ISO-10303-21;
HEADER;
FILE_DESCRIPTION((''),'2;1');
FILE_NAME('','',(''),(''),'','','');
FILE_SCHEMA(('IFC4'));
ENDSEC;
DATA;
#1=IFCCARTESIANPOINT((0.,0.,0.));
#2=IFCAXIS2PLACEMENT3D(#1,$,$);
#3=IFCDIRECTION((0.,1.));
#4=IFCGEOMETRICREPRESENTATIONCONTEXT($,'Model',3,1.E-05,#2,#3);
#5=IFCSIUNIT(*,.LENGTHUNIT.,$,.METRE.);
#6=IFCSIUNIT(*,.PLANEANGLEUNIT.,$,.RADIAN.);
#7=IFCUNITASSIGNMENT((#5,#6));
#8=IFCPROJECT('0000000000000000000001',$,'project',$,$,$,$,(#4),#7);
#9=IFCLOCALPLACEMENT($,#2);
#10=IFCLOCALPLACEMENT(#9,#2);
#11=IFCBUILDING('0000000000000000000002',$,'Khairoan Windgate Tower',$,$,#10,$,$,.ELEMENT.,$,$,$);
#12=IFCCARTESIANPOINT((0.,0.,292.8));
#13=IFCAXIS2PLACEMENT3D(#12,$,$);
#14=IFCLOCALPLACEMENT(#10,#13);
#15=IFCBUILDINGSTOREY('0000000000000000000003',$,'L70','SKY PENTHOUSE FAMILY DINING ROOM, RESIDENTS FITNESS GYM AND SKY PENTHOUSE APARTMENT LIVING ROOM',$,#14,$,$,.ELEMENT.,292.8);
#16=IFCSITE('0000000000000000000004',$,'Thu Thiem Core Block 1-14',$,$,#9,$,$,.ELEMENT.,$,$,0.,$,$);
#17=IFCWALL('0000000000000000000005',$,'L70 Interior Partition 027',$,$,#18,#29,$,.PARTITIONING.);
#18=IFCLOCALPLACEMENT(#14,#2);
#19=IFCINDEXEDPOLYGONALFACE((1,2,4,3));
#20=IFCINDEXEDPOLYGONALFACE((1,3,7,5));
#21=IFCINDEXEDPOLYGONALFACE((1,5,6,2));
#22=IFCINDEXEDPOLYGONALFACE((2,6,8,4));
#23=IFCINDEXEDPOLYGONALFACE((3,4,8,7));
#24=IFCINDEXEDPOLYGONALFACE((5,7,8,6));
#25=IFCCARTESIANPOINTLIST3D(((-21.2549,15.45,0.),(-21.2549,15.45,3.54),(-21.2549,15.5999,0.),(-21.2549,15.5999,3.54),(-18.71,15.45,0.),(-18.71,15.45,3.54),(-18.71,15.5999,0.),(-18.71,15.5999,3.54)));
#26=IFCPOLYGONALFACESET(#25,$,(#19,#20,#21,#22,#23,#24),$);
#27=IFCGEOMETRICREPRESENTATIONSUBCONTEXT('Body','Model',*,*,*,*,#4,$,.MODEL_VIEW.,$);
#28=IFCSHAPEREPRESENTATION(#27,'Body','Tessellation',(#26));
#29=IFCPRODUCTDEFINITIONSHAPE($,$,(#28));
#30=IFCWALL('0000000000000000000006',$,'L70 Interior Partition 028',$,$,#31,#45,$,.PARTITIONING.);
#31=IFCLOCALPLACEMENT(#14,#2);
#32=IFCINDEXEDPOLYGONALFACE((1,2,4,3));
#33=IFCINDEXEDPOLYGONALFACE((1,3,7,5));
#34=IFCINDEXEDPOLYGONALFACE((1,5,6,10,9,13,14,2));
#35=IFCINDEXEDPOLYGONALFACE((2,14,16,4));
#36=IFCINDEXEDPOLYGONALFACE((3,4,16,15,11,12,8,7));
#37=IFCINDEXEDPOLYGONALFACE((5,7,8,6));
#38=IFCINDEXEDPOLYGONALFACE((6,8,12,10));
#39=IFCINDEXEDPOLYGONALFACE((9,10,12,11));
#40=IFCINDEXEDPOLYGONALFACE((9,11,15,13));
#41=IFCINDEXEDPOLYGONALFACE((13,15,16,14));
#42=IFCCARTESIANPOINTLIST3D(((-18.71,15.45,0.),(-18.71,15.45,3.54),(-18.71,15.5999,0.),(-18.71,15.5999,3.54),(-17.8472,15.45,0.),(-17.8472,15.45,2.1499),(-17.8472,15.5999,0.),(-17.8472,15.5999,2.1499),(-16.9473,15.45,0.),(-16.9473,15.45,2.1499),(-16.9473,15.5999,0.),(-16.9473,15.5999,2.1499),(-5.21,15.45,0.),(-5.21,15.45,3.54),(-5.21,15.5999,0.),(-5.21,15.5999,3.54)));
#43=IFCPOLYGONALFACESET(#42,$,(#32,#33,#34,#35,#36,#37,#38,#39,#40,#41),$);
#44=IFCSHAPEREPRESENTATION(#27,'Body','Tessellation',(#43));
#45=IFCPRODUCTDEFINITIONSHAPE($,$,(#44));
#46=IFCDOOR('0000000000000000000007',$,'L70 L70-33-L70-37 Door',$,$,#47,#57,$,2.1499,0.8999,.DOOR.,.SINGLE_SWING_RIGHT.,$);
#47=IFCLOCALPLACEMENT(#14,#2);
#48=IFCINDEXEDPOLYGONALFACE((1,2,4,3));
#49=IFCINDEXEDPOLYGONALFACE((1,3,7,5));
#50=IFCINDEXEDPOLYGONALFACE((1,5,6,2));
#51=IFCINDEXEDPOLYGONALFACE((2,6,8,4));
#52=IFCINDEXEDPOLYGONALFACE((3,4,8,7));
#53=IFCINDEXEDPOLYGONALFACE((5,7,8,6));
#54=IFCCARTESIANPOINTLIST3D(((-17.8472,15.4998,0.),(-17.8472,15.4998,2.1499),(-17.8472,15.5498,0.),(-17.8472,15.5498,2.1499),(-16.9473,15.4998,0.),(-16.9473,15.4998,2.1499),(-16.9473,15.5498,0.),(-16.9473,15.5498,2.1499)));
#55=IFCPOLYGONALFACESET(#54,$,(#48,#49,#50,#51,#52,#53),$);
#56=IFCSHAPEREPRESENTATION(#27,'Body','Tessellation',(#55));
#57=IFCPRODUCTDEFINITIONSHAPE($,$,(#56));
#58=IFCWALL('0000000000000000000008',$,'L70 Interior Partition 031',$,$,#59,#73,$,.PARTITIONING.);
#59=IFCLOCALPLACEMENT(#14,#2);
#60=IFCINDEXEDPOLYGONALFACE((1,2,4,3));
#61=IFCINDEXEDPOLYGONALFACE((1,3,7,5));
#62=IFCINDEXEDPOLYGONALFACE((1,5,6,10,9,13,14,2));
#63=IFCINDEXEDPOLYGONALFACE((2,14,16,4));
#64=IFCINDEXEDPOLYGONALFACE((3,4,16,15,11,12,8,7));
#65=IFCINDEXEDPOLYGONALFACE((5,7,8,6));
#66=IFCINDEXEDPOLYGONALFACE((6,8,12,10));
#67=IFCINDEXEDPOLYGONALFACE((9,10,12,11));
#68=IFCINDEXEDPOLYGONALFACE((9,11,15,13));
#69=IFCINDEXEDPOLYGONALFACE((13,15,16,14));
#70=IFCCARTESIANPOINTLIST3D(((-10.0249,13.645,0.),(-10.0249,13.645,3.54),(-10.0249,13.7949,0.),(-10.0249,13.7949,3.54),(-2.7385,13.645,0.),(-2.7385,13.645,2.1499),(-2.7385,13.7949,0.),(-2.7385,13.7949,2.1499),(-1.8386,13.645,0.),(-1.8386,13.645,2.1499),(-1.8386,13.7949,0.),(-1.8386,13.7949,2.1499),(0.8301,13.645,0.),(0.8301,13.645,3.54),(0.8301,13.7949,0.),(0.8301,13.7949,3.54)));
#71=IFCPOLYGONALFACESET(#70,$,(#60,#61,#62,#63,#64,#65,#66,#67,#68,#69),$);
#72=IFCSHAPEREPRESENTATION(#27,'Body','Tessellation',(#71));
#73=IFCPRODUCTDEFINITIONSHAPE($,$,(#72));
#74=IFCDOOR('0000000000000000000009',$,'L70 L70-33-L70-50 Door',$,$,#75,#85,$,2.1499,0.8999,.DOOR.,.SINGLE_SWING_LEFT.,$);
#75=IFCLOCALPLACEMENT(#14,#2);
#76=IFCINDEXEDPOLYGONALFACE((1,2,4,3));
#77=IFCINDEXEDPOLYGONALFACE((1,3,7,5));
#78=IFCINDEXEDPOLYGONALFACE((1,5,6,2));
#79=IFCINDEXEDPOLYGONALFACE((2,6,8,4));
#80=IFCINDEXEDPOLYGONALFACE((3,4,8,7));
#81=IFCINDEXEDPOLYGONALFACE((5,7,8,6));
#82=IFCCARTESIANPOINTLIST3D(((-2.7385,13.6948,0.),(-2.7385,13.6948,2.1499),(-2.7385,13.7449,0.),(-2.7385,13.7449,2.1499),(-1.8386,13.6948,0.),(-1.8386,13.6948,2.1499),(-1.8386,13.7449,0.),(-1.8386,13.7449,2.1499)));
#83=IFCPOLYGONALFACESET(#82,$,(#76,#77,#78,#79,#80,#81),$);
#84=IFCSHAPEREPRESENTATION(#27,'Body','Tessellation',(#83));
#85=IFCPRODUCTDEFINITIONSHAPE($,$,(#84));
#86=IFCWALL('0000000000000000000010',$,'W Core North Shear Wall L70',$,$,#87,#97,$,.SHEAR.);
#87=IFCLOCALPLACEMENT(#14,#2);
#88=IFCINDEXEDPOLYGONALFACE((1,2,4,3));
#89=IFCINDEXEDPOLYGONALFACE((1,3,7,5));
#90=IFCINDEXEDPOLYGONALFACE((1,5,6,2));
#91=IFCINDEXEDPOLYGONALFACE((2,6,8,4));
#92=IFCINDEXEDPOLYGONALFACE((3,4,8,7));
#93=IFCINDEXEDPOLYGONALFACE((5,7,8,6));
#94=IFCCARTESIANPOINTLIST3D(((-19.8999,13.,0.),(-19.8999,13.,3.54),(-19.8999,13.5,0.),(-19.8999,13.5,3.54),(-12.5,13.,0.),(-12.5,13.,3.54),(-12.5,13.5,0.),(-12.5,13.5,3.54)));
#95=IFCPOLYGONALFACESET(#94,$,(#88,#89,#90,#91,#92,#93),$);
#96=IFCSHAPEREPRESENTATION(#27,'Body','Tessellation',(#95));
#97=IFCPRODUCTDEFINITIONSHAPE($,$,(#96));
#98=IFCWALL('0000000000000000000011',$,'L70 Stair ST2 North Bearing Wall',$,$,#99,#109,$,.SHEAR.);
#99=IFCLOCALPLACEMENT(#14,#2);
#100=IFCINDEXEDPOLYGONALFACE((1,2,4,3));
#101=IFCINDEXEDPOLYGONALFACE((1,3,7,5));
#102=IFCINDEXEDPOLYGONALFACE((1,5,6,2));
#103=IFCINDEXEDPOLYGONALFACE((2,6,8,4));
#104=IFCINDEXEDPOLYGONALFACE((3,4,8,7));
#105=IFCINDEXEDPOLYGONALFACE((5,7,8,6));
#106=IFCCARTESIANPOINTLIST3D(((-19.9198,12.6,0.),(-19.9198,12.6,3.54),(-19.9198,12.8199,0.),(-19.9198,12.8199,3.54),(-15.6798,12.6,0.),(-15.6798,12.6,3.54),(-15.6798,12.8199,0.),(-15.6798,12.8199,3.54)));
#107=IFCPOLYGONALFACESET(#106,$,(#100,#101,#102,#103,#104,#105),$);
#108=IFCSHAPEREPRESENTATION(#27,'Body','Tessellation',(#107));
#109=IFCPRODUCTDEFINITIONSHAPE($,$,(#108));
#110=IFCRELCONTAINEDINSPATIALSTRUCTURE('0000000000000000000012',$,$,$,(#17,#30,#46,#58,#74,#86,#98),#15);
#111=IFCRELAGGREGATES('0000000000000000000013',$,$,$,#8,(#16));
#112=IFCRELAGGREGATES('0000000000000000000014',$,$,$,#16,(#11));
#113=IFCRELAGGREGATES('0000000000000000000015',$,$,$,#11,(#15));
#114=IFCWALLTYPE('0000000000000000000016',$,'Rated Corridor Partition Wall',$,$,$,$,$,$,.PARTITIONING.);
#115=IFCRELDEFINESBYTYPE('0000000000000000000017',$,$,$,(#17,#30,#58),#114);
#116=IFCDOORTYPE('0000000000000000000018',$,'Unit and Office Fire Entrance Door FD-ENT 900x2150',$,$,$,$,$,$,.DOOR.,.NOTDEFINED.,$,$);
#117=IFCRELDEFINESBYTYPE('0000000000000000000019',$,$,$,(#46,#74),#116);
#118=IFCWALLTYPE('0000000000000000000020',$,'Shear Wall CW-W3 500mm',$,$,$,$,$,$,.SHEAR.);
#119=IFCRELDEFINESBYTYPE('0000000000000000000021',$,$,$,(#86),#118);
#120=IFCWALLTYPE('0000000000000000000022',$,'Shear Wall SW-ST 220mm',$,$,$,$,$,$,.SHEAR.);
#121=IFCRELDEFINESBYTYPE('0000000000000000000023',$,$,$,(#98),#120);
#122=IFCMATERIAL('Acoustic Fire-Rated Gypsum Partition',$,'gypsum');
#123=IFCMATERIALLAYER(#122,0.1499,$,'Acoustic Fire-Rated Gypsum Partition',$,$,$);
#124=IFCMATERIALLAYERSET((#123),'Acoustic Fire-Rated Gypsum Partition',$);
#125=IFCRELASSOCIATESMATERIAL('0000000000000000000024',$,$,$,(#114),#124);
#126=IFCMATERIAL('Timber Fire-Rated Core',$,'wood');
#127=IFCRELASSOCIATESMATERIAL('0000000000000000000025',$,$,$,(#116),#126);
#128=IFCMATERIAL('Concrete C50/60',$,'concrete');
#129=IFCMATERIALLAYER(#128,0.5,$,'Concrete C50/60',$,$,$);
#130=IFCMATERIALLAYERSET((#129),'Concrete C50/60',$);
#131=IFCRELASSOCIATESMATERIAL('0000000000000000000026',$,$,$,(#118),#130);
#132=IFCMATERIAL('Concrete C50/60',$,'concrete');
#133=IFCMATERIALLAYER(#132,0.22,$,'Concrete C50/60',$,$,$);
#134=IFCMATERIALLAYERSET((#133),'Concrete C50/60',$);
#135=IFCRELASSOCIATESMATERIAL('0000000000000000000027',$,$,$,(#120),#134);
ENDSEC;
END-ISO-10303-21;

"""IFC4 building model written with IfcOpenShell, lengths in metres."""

from ifc_helpers import new_model, si_unit, direction, frame, frame_2d, origin, place, context, subcontext, project, spatial, rectangle, extrude, material, layer, layer_set, type_object, element, fill, save


model = new_model("IFC4")

# Units and contexts
model_context = context("Model", 3, precision=1e-05, world=origin(), true_north=direction((0.0, 1.0)))
body_context = subcontext(model_context, "Body", "Model", "MODEL_VIEW")
ifc_project = project(units=[si_unit("LENGTHUNIT", "METRE"), si_unit("PLANEANGLEUNIT", "RADIAN")], contexts=[model_context])

# Site, building, storey
site_placement = place(None, origin())
site = spatial("IfcSite", under=ifc_project, at=site_placement, Name="Thu Thiem Core Block 1-14", CompositionType="ELEMENT", RefElevation=0.0)
building_placement = place(site_placement, origin())
building = spatial("IfcBuilding", under=site, at=building_placement, Name="Khairoan Windgate Tower", CompositionType="ELEMENT")
storey_placement = place(building_placement, frame((0.0, 0.0, 292.8)))
storey = spatial("IfcBuildingStorey", under=building, at=storey_placement, Name="L70", Description="SKY PENTHOUSE FAMILY DINING ROOM, RESIDENTS FITNESS GYM AND SKY PENTHOUSE APARTMENT LIVING ROOM", CompositionType="ELEMENT", Elevation=292.8)

# Wall
ifc_material_1 = material(Name="Acoustic Fire-Rated Gypsum Partition", Category="gypsum")
ifc_layer_1 = layer(ifc_material_1, 0.1499, Name="Acoustic Fire-Rated Gypsum Partition")
ifc_layer_set_1 = layer_set([ifc_layer_1], Name="Acoustic Fire-Rated Gypsum Partition")
wall_type_1 = type_object("IfcWallType", Name="Rated Corridor Partition Wall", PredefinedType="PARTITIONING", material=ifc_layer_set_1)
wall_1_placement = place(storey_placement, frame((-21.2549, 15.5249, 0.0), z_axis=(0.0, 0.0, 1.0), x_axis=(1.0, 0.0, 0.0)))
element("IfcWall", 1, at=wall_1_placement, inside=storey, type_object=wall_type_1, Name="L70 Interior Partition 027", PredefinedType="PARTITIONING", context=body_context, shape_type="SweptSolid", body=[
    extrude(rectangle(XDim=2.5449, YDim=0.1499, at=frame_2d((1.2725, 0.0))), origin(), (0.0, 0.0, 1.0), 3.54),
])

# Walls, openings, doors
wall_2_placement = place(storey_placement, frame((-18.71, 15.5249, 0.0), z_axis=(0.0, 0.0, 1.0), x_axis=(1.0, 0.0, 0.0)))
wall_2 = element("IfcWall", 2, at=wall_2_placement, inside=storey, type_object=wall_type_1, Name="L70 Interior Partition 028", PredefinedType="PARTITIONING", context=body_context, shape_type="SweptSolid", body=[
    extrude(rectangle(XDim=13.5, YDim=0.1499, at=frame_2d((6.75, 0.0))), origin(), (0.0, 0.0, 1.0), 3.54),
])
opening_1_placement = place(wall_2_placement, frame((0.8628, 0.0, 0.0)))
opening_1 = element("IfcOpeningElement", 3, at=opening_1_placement, cuts=wall_2, PredefinedType="OPENING", context=body_context, shape_type="SweptSolid", body=[
    extrude(rectangle(XDim=0.8999, YDim=2.1499, at=frame_2d((0.45, 1.075))), frame((0.0, 0.085, 0.0), z_axis=(0.0, -1.0, 0.0), x_axis=(1.0, 0.0, 0.0)), (0.0, 0.0, 1.0), 0.1699),
])
ifc_material_2 = material(Name="Timber Fire-Rated Core", Category="wood")
door_type_1 = type_object("IfcDoorType", Name="Unit and Office Fire Entrance Door FD-ENT 900x2150", OperationType="NOTDEFINED", PredefinedType="DOOR", material=ifc_material_2)
door_1_placement = place(opening_1_placement, origin())
door_1 = element("IfcDoor", 4, at=door_1_placement, inside=storey, type_object=door_type_1, Name="L70 L70-33-L70-37 Door", OperationType="SINGLE_SWING_RIGHT", OverallHeight=2.1499, OverallWidth=0.8999, PredefinedType="DOOR", context=body_context, shape_type="SweptSolid", body=[
    extrude(rectangle(XDim=0.8999, YDim=2.1499, at=frame_2d((0.45, 1.075))), frame((0.0, 0.0249, 0.0), z_axis=(0.0, -1.0, 0.0), x_axis=(1.0, 0.0, 0.0)), (0.0, 0.0, 1.0), 0.05),
])
fill(opening_1, door_1)
wall_3_placement = place(storey_placement, frame((-10.0249, 13.72, 0.0), z_axis=(0.0, 0.0, 1.0), x_axis=(1.0, 0.0, 0.0)))
wall_3 = element("IfcWall", 5, at=wall_3_placement, inside=storey, type_object=wall_type_1, Name="L70 Interior Partition 031", PredefinedType="PARTITIONING", context=body_context, shape_type="SweptSolid", body=[
    extrude(rectangle(XDim=10.855, YDim=0.1499, at=frame_2d((5.4275, 0.0))), origin(), (0.0, 0.0, 1.0), 3.54),
])
opening_2_placement = place(wall_3_placement, frame((7.2864, 0.0, 0.0)))
opening_2 = element("IfcOpeningElement", 6, at=opening_2_placement, cuts=wall_3, PredefinedType="OPENING", context=body_context, shape_type="SweptSolid", body=[
    extrude(rectangle(XDim=0.8999, YDim=2.1499, at=frame_2d((0.45, 1.075))), frame((0.0, 0.085, 0.0), z_axis=(0.0, -1.0, 0.0), x_axis=(1.0, 0.0, 0.0)), (0.0, 0.0, 1.0), 0.1699),
])
door_2_placement = place(opening_2_placement, origin())
door_2 = element("IfcDoor", 7, at=door_2_placement, inside=storey, type_object=door_type_1, Name="L70 L70-33-L70-50 Door", OperationType="SINGLE_SWING_LEFT", OverallHeight=2.1499, OverallWidth=0.8999, PredefinedType="DOOR", context=body_context, shape_type="SweptSolid", body=[
    extrude(rectangle(XDim=0.8999, YDim=2.1499, at=frame_2d((0.45, 1.075))), frame((0.0, 0.0249, 0.0), z_axis=(0.0, -1.0, 0.0), x_axis=(1.0, 0.0, 0.0)), (0.0, 0.0, 1.0), 0.05),
])
fill(opening_2, door_2)

# Walls
ifc_material_3 = material(Name="Concrete C50/60", Category="concrete")
ifc_layer_2 = layer(ifc_material_3, 0.5, Name="Concrete C50/60")
ifc_layer_set_2 = layer_set([ifc_layer_2], Name="Concrete C50/60")
wall_type_2 = type_object("IfcWallType", Name="Shear Wall CW-W3 500mm", PredefinedType="SHEAR", material=ifc_layer_set_2)
wall_4_placement = place(storey_placement, frame((-19.8999, 13.25, 0.0), z_axis=(0.0, 0.0, 1.0), x_axis=(1.0, 0.0, 0.0)))
element("IfcWall", 8, at=wall_4_placement, inside=storey, type_object=wall_type_2, Name="W Core North Shear Wall L70", PredefinedType="SHEAR", context=body_context, shape_type="SweptSolid", body=[
    extrude(rectangle(XDim=7.3999, YDim=0.5, at=frame_2d((3.7, 0.0))), origin(), (0.0, 0.0, 1.0), 3.54),
])
ifc_material_4 = material(Name="Concrete C50/60", Category="concrete")
ifc_layer_3 = layer(ifc_material_4, 0.22, Name="Concrete C50/60")
ifc_layer_set_3 = layer_set([ifc_layer_3], Name="Concrete C50/60")
wall_type_3 = type_object("IfcWallType", Name="Shear Wall SW-ST 220mm", PredefinedType="SHEAR", material=ifc_layer_set_3)
wall_5_placement = place(storey_placement, frame((-19.9199, 12.71, 0.0), z_axis=(0.0, 0.0, 1.0), x_axis=(1.0, 0.0, 0.0)))
element("IfcWall", 9, at=wall_5_placement, inside=storey, type_object=wall_type_3, Name="L70 Stair ST2 North Bearing Wall", PredefinedType="SHEAR", context=body_context, shape_type="SweptSolid", body=[
    extrude(rectangle(XDim=4.24, YDim=0.22, at=frame_2d((2.1201, 0.0))), origin(), (0.0, 0.0, 1.0), 3.54),
])

save(model, "model.ifc")
